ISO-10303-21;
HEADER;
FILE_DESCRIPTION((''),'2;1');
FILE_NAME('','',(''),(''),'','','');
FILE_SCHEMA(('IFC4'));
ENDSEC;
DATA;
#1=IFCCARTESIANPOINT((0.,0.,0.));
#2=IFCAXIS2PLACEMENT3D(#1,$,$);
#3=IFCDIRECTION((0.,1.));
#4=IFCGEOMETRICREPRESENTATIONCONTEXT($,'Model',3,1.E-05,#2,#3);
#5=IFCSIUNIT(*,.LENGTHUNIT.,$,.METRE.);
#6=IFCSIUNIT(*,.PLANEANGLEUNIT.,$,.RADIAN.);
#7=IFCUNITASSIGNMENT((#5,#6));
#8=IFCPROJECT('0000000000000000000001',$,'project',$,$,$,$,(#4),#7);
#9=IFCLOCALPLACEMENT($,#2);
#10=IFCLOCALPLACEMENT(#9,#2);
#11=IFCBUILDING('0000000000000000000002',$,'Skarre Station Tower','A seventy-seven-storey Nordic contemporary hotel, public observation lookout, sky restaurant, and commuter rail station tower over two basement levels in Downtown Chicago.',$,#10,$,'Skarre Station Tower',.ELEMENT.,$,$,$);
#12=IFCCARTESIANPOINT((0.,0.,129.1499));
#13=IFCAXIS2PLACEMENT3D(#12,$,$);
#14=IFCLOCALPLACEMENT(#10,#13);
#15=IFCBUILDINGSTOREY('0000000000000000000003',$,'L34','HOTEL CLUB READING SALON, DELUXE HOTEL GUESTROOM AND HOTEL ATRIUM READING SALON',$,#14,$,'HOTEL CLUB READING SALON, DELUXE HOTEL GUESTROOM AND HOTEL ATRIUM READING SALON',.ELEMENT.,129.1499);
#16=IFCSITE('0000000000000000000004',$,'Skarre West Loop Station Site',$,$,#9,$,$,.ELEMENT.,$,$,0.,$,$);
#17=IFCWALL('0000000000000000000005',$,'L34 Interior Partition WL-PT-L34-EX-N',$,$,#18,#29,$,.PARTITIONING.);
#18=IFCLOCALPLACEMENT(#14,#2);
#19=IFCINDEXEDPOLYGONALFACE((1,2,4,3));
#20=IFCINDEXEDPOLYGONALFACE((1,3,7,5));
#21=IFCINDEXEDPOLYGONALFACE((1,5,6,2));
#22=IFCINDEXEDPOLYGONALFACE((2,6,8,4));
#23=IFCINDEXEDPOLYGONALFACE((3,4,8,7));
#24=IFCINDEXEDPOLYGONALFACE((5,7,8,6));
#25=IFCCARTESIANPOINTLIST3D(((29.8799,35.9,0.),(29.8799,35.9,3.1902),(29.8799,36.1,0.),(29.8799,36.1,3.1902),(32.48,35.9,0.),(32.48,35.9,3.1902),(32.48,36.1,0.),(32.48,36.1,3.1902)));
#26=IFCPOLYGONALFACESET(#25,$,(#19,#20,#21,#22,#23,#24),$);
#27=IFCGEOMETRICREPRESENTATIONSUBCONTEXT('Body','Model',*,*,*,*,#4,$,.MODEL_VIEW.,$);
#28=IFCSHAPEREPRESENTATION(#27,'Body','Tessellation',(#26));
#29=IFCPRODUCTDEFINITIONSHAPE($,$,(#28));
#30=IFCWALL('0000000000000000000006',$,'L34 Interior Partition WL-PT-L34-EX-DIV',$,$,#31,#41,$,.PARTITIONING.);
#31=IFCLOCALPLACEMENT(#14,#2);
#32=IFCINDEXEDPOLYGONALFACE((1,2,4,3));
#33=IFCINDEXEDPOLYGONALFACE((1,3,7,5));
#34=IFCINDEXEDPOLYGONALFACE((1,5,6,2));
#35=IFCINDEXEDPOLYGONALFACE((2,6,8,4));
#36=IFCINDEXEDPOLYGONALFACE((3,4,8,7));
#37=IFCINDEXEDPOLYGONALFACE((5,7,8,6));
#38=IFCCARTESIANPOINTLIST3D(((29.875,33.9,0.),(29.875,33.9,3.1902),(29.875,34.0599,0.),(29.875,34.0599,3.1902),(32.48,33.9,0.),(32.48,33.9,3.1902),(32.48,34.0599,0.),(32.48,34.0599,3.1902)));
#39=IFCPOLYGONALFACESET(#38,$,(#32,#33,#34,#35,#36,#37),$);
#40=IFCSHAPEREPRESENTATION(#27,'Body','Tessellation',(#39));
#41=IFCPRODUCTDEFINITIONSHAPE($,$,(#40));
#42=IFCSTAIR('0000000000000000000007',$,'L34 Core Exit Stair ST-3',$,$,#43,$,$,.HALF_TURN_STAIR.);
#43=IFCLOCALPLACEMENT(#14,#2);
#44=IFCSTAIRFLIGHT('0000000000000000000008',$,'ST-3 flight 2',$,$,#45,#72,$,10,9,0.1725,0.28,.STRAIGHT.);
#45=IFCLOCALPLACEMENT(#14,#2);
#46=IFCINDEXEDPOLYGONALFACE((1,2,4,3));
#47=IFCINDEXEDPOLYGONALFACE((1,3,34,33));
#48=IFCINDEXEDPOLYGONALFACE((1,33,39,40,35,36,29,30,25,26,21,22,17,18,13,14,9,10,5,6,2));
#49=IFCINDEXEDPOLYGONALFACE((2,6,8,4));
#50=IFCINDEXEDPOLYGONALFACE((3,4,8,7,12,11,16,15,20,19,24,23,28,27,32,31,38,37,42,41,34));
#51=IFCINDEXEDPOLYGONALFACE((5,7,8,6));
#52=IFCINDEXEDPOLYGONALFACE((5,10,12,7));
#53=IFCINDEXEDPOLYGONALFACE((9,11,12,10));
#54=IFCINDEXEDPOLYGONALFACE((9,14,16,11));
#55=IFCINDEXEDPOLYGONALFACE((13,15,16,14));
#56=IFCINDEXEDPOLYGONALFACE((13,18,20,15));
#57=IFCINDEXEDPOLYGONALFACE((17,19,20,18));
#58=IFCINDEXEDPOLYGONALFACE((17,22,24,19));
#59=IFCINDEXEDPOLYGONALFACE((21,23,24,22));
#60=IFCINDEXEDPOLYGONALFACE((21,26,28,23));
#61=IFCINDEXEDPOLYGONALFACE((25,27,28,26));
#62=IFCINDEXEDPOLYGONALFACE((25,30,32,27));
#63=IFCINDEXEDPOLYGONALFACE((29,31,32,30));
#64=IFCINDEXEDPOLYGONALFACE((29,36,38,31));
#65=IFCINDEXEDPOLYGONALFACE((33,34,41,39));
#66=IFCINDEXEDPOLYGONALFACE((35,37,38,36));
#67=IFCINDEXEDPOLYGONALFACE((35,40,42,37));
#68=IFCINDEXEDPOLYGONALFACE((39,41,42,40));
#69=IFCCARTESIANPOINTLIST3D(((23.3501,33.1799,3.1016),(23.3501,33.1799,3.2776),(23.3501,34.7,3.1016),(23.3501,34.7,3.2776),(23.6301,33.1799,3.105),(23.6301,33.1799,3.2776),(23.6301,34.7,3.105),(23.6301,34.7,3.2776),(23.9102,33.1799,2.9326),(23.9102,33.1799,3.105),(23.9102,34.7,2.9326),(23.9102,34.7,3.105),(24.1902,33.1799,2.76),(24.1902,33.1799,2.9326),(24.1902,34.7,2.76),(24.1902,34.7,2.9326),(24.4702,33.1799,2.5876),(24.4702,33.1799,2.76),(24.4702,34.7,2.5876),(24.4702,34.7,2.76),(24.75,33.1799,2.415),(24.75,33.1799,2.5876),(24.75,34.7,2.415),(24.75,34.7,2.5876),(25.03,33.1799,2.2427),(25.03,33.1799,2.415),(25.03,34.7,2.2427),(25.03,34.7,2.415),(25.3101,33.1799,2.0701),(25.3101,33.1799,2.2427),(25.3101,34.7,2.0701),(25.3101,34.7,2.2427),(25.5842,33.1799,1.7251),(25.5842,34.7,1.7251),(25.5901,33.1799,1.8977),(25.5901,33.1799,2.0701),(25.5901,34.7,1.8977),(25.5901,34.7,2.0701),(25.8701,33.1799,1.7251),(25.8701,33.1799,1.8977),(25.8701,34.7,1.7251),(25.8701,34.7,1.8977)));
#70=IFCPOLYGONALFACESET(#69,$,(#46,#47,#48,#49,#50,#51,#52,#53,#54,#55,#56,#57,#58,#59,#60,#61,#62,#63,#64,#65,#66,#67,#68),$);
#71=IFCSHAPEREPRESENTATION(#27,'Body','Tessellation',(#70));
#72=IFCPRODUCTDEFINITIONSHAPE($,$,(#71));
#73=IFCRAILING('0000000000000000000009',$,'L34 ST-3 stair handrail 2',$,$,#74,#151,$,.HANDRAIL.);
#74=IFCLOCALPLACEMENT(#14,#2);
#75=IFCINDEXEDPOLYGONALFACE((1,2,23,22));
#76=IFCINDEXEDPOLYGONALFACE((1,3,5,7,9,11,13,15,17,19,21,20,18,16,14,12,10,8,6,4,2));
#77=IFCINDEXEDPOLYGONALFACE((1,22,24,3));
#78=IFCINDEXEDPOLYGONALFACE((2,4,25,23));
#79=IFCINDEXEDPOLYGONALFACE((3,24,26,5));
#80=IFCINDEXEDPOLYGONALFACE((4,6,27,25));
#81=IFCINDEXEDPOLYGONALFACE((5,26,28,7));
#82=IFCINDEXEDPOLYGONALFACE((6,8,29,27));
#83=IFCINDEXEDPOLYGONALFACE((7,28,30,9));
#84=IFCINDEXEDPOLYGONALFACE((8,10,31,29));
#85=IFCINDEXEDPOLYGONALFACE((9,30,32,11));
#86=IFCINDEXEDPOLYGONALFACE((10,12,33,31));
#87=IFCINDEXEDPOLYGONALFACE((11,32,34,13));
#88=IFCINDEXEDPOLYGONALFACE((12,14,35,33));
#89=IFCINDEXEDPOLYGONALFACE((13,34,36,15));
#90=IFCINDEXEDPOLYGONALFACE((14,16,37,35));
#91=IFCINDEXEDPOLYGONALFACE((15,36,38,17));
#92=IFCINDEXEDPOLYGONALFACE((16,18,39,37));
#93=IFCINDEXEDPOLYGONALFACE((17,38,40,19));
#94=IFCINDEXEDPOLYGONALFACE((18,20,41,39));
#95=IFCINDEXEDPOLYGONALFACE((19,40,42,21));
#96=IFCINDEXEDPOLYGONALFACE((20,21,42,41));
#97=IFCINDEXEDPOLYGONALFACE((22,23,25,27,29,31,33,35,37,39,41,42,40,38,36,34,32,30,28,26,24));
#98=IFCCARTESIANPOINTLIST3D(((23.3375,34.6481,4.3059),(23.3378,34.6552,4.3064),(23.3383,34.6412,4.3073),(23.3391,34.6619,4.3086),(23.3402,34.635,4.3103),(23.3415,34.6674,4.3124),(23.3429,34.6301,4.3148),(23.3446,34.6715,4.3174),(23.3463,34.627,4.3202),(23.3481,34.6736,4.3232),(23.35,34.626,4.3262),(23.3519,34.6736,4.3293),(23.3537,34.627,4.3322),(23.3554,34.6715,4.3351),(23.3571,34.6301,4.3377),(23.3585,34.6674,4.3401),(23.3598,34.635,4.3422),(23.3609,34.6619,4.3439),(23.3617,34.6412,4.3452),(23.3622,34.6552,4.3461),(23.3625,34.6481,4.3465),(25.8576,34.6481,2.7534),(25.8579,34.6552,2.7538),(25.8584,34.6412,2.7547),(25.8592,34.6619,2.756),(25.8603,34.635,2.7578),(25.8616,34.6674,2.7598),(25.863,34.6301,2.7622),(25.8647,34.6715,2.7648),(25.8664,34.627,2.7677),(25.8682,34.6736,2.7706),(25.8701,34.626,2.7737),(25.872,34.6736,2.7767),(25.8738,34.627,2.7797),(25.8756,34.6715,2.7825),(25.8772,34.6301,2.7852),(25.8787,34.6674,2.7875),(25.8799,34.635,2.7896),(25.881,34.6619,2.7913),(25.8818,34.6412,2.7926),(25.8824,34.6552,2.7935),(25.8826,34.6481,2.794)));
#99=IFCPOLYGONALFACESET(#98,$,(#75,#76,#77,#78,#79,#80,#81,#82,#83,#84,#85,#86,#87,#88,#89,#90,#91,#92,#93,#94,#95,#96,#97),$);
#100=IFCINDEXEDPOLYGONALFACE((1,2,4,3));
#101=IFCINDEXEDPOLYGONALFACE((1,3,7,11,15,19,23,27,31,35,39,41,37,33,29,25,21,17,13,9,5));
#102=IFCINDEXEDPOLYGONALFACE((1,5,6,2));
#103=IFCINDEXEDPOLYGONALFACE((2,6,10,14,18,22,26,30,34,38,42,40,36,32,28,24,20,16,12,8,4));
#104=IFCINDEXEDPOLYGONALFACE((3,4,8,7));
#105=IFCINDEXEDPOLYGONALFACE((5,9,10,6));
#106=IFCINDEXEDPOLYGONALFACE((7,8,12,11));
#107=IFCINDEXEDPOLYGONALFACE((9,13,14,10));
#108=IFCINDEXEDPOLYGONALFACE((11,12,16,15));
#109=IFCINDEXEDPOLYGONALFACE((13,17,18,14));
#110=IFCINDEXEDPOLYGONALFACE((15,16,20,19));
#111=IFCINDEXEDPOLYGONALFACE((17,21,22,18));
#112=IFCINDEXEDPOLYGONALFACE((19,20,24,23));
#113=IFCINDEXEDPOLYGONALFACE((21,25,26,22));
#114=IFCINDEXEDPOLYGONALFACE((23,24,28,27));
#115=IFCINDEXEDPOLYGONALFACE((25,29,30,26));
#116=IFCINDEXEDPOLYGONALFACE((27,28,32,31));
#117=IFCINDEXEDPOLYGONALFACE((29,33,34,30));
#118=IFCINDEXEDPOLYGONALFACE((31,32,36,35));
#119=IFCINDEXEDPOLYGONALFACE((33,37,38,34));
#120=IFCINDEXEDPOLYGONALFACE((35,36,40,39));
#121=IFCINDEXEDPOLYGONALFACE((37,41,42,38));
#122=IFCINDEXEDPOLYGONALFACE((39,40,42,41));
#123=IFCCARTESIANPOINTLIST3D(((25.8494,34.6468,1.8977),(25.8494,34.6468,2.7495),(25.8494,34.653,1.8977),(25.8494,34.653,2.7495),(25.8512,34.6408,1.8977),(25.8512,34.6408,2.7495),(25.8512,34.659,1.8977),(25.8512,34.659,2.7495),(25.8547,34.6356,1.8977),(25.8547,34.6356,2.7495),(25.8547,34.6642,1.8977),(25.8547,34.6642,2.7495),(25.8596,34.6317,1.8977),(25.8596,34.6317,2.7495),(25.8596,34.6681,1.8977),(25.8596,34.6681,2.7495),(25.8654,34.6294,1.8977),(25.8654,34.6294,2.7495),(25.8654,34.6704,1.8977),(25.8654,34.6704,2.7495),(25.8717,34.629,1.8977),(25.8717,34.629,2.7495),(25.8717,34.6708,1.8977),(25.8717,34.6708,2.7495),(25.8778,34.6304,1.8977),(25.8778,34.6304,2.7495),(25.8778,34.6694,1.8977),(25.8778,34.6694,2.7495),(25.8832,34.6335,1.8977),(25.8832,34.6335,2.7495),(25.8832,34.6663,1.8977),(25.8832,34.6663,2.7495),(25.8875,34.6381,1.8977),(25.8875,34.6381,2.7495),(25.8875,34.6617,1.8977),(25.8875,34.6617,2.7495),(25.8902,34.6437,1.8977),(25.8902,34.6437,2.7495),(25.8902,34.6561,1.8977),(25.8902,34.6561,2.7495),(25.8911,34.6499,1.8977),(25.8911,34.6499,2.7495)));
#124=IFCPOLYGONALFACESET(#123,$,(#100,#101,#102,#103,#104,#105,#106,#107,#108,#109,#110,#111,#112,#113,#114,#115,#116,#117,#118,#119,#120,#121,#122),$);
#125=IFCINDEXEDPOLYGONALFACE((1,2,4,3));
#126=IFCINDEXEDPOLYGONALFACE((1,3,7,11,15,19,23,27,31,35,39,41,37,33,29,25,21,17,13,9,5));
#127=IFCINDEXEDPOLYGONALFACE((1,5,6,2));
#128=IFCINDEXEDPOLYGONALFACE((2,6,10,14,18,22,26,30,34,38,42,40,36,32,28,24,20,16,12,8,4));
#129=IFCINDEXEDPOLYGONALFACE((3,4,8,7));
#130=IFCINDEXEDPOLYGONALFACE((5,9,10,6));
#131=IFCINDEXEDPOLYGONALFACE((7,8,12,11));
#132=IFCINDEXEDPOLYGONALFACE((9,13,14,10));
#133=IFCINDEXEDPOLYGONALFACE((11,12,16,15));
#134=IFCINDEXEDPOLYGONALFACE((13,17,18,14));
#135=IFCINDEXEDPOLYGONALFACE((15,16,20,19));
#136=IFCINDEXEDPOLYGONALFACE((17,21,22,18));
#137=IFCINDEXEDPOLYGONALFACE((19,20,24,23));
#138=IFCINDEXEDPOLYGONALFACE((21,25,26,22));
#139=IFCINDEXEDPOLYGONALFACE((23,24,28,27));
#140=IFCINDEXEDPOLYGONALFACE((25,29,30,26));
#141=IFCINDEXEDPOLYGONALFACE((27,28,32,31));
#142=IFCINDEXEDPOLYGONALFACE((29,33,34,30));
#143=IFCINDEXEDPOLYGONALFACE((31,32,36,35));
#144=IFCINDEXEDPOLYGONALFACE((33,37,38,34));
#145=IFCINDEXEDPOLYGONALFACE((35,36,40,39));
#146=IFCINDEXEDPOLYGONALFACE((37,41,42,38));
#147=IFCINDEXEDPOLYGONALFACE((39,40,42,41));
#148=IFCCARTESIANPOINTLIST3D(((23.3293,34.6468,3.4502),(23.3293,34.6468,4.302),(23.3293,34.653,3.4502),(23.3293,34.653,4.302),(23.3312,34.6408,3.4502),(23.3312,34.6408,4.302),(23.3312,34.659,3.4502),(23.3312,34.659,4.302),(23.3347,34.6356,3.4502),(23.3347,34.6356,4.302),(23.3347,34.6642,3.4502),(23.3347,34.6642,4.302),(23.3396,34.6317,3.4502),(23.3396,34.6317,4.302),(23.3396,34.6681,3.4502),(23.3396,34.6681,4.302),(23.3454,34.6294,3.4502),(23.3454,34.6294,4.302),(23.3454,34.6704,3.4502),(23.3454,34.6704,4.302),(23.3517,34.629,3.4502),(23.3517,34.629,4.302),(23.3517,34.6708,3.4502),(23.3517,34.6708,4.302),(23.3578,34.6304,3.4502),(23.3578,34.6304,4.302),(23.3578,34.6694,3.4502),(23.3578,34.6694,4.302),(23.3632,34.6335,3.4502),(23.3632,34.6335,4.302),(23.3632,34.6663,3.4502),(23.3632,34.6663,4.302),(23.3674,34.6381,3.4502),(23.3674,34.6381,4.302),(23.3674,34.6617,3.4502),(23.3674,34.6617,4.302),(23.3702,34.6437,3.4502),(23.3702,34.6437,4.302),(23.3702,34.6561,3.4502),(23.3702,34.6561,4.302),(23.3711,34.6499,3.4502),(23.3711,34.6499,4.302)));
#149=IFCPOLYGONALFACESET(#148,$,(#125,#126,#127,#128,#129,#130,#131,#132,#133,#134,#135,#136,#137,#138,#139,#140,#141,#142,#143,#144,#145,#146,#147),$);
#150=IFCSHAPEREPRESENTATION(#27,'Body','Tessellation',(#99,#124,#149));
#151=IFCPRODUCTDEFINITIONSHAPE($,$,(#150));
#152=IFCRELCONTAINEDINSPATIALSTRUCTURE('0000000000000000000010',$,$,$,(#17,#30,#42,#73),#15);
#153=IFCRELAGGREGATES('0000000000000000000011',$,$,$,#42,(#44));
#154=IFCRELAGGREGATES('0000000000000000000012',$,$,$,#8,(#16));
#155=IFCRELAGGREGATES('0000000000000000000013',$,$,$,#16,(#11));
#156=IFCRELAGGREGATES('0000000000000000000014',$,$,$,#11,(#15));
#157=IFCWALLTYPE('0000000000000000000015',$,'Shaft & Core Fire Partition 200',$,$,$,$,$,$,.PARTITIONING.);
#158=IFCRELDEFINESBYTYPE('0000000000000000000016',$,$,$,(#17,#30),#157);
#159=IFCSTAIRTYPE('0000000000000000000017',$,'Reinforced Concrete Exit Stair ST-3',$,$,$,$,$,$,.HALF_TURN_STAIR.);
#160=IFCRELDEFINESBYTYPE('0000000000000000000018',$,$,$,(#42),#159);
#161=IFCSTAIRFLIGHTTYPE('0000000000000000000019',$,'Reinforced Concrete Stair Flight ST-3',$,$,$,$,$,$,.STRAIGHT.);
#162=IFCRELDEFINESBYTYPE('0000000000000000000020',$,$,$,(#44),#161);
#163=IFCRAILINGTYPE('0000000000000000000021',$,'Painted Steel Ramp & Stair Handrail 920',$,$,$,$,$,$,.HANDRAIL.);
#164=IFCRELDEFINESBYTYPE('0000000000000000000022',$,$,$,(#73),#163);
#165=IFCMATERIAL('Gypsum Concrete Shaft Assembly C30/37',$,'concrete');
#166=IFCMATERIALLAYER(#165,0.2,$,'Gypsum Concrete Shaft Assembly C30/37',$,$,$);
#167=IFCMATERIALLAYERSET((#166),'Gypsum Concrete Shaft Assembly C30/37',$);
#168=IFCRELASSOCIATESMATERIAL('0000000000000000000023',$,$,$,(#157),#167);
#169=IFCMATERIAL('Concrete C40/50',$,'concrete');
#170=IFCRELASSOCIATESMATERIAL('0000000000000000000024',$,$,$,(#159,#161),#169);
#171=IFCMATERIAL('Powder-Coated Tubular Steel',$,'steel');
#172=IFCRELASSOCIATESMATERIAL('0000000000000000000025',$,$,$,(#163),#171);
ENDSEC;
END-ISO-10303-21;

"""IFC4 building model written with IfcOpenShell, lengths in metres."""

from ifc_helpers import new_model, si_unit, direction, frame, frame_2d, origin, origin_2d, place, context, subcontext, project, spatial, polyline, rectangle, circle, outline, extrude, material, layer, layer_set, type_object, element, aggregate, save


model = new_model("IFC4")

# Units and contexts
model_context = context("Model", 3, precision=1e-05, world=origin(), true_north=direction((0.0, 1.0)))
body_context = subcontext(model_context, "Body", "Model", "MODEL_VIEW")
ifc_project = project(units=[si_unit("LENGTHUNIT", "METRE"), si_unit("PLANEANGLEUNIT", "RADIAN")], contexts=[model_context])

# Site, building, storey
site_placement = place(None, origin())
site = spatial("IfcSite", under=ifc_project, at=site_placement, Name="Skarre West Loop Station Site", CompositionType="ELEMENT", RefElevation=0.0)
building_placement = place(site_placement, origin())
building = spatial("IfcBuilding", under=site, at=building_placement, Name="Skarre Station Tower", Description="A seventy-seven-storey Nordic contemporary hotel, public observation lookout, sky restaurant, and commuter rail station tower over two basement levels in Downtown Chicago.", LongName="Skarre Station Tower", CompositionType="ELEMENT")
storey_placement = place(building_placement, frame((0.0, 0.0, 129.1499)))
storey = spatial("IfcBuildingStorey", under=building, at=storey_placement, Name="L34", Description="HOTEL CLUB READING SALON, DELUXE HOTEL GUESTROOM AND HOTEL ATRIUM READING SALON", LongName="HOTEL CLUB READING SALON, DELUXE HOTEL GUESTROOM AND HOTEL ATRIUM READING SALON", CompositionType="ELEMENT", Elevation=129.1499)

# Walls
ifc_material_1 = material(Name="Gypsum Concrete Shaft Assembly C30/37", Category="concrete")
ifc_layer_1 = layer(ifc_material_1, 0.2, Name="Gypsum Concrete Shaft Assembly C30/37")
ifc_layer_set_1 = layer_set([ifc_layer_1], Name="Gypsum Concrete Shaft Assembly C30/37")
wall_type_1 = type_object("IfcWallType", Name="Shaft & Core Fire Partition 200", PredefinedType="PARTITIONING", material=ifc_layer_set_1)
wall_1_placement = place(storey_placement, frame((29.8799, 36.0, 0.0), z_axis=(0.0, 0.0, 1.0), x_axis=(1.0, 0.0, 0.0)))
element("IfcWall", 1, at=wall_1_placement, inside=storey, type_object=wall_type_1, Name="L34 Interior Partition WL-PT-L34-EX-N", PredefinedType="PARTITIONING", context=body_context, shape_type="SweptSolid", body=[
    extrude(rectangle(XDim=2.6001, YDim=0.2, at=frame_2d((1.3, 0.0))), origin(), (0.0, 0.0, 1.0), 3.1902),
])
wall_2_placement = place(storey_placement, frame((29.875, 33.98, 0.0), z_axis=(0.0, 0.0, 1.0), x_axis=(1.0, 0.0, 0.0)))
element("IfcWall", 2, at=wall_2_placement, inside=storey, type_object=wall_type_1, Name="L34 Interior Partition WL-PT-L34-EX-DIV", PredefinedType="PARTITIONING", context=body_context, shape_type="SweptSolid", body=[
    extrude(rectangle(XDim=2.605, YDim=0.1599, at=frame_2d((1.3025, 0.0))), origin(), (0.0, 0.0, 1.0), 3.1902),
])

# Stair, stair flight
ifc_material_2 = material(Name="Concrete C40/50", Category="concrete")
stair_type = type_object("IfcStairType", Name="Reinforced Concrete Exit Stair ST-3", PredefinedType="HALF_TURN_STAIR", material=ifc_material_2)
stair_placement = place(storey_placement, origin())
stair = element("IfcStair", 3, at=stair_placement, inside=storey, type_object=stair_type, Name="L34 Core Exit Stair ST-3", PredefinedType="HALF_TURN_STAIR")
stair_flight_type = type_object("IfcStairFlightType", Name="Reinforced Concrete Stair Flight ST-3", PredefinedType="STRAIGHT", material=ifc_material_2)
stair_flight_placement = place(storey_placement, frame((25.8701, 33.9399, 1.7251), z_axis=(0.0, 0.0, 1.0), x_axis=(-1.0, 0.0, 0.0)))
stair_flight = element("IfcStairFlight", 4, at=stair_flight_placement, type_object=stair_flight_type, Name="ST-3 flight 2", NumberOfRisers=10, NumberOfTreads=9, PredefinedType="STRAIGHT", RiserHeight=0.1725, TreadLength=0.28, context=body_context, shape_type="SweptSolid", body=[
    extrude(outline(polyline([(0.0, 0.0), (0.0, 0.1726), (0.28, 0.1726), (0.28, 0.345), (0.5601, 0.345), (0.5601, 0.5176), (0.8401, 0.5176), (0.8401, 0.6899), (1.1201, 0.6899), (1.1201, 0.8625), (1.3999, 0.8625), (1.3999, 1.0349), (1.6799, 1.0349), (1.6799, 1.2075), (1.96, 1.2075), (1.96, 1.3799), (2.24, 1.3799), (2.24, 1.5525), (2.52, 1.5525), (2.52, 1.7251), (2.52, 1.3765), (0.2859, 0.0), (0.0, 0.0)])), frame((0.0, 0.76, 0.0), z_axis=(0.0, -1.0, 0.0), x_axis=(1.0, 0.0, 0.0)), (0.0, 0.0, 1.0), 1.52),
])
aggregate(stair, [stair_flight])

# Railing
ifc_material_3 = material(Name="Powder-Coated Tubular Steel", Category="steel")
railing_type_1 = type_object("IfcRailingType", Name="Painted Steel Ramp & Stair Handrail 920", PredefinedType="HANDRAIL", material=ifc_material_3)
railing_1_placement = place(storey_placement, frame((25.8701, 34.6499, 1.8977)))
element("IfcRailing", 5, at=railing_1_placement, inside=storey, type_object=railing_type_1, Name="L34 ST-3 stair handrail 2", PredefinedType="HANDRAIL", context=body_context, shape_type="SweptSolid", body=[
    extrude(circle(Radius=0.0239, at=origin_2d()), frame((0.0, 0.0, 0.876), z_axis=(-0.8514, 0.0, 0.524516), x_axis=(0.0, -1.0, 0.0)), (0.0, 0.0, 1.0), 2.96),
    extrude(circle(Radius=0.021, at=origin_2d()), origin(), (0.0, 0.0, 1.0), 0.8518),
    extrude(circle(Radius=0.021, at=origin_2d()), frame((-2.52, 0.0, 1.5525)), (0.0, 0.0, 1.0), 0.8518),
])

save(model, "model.ifc")
